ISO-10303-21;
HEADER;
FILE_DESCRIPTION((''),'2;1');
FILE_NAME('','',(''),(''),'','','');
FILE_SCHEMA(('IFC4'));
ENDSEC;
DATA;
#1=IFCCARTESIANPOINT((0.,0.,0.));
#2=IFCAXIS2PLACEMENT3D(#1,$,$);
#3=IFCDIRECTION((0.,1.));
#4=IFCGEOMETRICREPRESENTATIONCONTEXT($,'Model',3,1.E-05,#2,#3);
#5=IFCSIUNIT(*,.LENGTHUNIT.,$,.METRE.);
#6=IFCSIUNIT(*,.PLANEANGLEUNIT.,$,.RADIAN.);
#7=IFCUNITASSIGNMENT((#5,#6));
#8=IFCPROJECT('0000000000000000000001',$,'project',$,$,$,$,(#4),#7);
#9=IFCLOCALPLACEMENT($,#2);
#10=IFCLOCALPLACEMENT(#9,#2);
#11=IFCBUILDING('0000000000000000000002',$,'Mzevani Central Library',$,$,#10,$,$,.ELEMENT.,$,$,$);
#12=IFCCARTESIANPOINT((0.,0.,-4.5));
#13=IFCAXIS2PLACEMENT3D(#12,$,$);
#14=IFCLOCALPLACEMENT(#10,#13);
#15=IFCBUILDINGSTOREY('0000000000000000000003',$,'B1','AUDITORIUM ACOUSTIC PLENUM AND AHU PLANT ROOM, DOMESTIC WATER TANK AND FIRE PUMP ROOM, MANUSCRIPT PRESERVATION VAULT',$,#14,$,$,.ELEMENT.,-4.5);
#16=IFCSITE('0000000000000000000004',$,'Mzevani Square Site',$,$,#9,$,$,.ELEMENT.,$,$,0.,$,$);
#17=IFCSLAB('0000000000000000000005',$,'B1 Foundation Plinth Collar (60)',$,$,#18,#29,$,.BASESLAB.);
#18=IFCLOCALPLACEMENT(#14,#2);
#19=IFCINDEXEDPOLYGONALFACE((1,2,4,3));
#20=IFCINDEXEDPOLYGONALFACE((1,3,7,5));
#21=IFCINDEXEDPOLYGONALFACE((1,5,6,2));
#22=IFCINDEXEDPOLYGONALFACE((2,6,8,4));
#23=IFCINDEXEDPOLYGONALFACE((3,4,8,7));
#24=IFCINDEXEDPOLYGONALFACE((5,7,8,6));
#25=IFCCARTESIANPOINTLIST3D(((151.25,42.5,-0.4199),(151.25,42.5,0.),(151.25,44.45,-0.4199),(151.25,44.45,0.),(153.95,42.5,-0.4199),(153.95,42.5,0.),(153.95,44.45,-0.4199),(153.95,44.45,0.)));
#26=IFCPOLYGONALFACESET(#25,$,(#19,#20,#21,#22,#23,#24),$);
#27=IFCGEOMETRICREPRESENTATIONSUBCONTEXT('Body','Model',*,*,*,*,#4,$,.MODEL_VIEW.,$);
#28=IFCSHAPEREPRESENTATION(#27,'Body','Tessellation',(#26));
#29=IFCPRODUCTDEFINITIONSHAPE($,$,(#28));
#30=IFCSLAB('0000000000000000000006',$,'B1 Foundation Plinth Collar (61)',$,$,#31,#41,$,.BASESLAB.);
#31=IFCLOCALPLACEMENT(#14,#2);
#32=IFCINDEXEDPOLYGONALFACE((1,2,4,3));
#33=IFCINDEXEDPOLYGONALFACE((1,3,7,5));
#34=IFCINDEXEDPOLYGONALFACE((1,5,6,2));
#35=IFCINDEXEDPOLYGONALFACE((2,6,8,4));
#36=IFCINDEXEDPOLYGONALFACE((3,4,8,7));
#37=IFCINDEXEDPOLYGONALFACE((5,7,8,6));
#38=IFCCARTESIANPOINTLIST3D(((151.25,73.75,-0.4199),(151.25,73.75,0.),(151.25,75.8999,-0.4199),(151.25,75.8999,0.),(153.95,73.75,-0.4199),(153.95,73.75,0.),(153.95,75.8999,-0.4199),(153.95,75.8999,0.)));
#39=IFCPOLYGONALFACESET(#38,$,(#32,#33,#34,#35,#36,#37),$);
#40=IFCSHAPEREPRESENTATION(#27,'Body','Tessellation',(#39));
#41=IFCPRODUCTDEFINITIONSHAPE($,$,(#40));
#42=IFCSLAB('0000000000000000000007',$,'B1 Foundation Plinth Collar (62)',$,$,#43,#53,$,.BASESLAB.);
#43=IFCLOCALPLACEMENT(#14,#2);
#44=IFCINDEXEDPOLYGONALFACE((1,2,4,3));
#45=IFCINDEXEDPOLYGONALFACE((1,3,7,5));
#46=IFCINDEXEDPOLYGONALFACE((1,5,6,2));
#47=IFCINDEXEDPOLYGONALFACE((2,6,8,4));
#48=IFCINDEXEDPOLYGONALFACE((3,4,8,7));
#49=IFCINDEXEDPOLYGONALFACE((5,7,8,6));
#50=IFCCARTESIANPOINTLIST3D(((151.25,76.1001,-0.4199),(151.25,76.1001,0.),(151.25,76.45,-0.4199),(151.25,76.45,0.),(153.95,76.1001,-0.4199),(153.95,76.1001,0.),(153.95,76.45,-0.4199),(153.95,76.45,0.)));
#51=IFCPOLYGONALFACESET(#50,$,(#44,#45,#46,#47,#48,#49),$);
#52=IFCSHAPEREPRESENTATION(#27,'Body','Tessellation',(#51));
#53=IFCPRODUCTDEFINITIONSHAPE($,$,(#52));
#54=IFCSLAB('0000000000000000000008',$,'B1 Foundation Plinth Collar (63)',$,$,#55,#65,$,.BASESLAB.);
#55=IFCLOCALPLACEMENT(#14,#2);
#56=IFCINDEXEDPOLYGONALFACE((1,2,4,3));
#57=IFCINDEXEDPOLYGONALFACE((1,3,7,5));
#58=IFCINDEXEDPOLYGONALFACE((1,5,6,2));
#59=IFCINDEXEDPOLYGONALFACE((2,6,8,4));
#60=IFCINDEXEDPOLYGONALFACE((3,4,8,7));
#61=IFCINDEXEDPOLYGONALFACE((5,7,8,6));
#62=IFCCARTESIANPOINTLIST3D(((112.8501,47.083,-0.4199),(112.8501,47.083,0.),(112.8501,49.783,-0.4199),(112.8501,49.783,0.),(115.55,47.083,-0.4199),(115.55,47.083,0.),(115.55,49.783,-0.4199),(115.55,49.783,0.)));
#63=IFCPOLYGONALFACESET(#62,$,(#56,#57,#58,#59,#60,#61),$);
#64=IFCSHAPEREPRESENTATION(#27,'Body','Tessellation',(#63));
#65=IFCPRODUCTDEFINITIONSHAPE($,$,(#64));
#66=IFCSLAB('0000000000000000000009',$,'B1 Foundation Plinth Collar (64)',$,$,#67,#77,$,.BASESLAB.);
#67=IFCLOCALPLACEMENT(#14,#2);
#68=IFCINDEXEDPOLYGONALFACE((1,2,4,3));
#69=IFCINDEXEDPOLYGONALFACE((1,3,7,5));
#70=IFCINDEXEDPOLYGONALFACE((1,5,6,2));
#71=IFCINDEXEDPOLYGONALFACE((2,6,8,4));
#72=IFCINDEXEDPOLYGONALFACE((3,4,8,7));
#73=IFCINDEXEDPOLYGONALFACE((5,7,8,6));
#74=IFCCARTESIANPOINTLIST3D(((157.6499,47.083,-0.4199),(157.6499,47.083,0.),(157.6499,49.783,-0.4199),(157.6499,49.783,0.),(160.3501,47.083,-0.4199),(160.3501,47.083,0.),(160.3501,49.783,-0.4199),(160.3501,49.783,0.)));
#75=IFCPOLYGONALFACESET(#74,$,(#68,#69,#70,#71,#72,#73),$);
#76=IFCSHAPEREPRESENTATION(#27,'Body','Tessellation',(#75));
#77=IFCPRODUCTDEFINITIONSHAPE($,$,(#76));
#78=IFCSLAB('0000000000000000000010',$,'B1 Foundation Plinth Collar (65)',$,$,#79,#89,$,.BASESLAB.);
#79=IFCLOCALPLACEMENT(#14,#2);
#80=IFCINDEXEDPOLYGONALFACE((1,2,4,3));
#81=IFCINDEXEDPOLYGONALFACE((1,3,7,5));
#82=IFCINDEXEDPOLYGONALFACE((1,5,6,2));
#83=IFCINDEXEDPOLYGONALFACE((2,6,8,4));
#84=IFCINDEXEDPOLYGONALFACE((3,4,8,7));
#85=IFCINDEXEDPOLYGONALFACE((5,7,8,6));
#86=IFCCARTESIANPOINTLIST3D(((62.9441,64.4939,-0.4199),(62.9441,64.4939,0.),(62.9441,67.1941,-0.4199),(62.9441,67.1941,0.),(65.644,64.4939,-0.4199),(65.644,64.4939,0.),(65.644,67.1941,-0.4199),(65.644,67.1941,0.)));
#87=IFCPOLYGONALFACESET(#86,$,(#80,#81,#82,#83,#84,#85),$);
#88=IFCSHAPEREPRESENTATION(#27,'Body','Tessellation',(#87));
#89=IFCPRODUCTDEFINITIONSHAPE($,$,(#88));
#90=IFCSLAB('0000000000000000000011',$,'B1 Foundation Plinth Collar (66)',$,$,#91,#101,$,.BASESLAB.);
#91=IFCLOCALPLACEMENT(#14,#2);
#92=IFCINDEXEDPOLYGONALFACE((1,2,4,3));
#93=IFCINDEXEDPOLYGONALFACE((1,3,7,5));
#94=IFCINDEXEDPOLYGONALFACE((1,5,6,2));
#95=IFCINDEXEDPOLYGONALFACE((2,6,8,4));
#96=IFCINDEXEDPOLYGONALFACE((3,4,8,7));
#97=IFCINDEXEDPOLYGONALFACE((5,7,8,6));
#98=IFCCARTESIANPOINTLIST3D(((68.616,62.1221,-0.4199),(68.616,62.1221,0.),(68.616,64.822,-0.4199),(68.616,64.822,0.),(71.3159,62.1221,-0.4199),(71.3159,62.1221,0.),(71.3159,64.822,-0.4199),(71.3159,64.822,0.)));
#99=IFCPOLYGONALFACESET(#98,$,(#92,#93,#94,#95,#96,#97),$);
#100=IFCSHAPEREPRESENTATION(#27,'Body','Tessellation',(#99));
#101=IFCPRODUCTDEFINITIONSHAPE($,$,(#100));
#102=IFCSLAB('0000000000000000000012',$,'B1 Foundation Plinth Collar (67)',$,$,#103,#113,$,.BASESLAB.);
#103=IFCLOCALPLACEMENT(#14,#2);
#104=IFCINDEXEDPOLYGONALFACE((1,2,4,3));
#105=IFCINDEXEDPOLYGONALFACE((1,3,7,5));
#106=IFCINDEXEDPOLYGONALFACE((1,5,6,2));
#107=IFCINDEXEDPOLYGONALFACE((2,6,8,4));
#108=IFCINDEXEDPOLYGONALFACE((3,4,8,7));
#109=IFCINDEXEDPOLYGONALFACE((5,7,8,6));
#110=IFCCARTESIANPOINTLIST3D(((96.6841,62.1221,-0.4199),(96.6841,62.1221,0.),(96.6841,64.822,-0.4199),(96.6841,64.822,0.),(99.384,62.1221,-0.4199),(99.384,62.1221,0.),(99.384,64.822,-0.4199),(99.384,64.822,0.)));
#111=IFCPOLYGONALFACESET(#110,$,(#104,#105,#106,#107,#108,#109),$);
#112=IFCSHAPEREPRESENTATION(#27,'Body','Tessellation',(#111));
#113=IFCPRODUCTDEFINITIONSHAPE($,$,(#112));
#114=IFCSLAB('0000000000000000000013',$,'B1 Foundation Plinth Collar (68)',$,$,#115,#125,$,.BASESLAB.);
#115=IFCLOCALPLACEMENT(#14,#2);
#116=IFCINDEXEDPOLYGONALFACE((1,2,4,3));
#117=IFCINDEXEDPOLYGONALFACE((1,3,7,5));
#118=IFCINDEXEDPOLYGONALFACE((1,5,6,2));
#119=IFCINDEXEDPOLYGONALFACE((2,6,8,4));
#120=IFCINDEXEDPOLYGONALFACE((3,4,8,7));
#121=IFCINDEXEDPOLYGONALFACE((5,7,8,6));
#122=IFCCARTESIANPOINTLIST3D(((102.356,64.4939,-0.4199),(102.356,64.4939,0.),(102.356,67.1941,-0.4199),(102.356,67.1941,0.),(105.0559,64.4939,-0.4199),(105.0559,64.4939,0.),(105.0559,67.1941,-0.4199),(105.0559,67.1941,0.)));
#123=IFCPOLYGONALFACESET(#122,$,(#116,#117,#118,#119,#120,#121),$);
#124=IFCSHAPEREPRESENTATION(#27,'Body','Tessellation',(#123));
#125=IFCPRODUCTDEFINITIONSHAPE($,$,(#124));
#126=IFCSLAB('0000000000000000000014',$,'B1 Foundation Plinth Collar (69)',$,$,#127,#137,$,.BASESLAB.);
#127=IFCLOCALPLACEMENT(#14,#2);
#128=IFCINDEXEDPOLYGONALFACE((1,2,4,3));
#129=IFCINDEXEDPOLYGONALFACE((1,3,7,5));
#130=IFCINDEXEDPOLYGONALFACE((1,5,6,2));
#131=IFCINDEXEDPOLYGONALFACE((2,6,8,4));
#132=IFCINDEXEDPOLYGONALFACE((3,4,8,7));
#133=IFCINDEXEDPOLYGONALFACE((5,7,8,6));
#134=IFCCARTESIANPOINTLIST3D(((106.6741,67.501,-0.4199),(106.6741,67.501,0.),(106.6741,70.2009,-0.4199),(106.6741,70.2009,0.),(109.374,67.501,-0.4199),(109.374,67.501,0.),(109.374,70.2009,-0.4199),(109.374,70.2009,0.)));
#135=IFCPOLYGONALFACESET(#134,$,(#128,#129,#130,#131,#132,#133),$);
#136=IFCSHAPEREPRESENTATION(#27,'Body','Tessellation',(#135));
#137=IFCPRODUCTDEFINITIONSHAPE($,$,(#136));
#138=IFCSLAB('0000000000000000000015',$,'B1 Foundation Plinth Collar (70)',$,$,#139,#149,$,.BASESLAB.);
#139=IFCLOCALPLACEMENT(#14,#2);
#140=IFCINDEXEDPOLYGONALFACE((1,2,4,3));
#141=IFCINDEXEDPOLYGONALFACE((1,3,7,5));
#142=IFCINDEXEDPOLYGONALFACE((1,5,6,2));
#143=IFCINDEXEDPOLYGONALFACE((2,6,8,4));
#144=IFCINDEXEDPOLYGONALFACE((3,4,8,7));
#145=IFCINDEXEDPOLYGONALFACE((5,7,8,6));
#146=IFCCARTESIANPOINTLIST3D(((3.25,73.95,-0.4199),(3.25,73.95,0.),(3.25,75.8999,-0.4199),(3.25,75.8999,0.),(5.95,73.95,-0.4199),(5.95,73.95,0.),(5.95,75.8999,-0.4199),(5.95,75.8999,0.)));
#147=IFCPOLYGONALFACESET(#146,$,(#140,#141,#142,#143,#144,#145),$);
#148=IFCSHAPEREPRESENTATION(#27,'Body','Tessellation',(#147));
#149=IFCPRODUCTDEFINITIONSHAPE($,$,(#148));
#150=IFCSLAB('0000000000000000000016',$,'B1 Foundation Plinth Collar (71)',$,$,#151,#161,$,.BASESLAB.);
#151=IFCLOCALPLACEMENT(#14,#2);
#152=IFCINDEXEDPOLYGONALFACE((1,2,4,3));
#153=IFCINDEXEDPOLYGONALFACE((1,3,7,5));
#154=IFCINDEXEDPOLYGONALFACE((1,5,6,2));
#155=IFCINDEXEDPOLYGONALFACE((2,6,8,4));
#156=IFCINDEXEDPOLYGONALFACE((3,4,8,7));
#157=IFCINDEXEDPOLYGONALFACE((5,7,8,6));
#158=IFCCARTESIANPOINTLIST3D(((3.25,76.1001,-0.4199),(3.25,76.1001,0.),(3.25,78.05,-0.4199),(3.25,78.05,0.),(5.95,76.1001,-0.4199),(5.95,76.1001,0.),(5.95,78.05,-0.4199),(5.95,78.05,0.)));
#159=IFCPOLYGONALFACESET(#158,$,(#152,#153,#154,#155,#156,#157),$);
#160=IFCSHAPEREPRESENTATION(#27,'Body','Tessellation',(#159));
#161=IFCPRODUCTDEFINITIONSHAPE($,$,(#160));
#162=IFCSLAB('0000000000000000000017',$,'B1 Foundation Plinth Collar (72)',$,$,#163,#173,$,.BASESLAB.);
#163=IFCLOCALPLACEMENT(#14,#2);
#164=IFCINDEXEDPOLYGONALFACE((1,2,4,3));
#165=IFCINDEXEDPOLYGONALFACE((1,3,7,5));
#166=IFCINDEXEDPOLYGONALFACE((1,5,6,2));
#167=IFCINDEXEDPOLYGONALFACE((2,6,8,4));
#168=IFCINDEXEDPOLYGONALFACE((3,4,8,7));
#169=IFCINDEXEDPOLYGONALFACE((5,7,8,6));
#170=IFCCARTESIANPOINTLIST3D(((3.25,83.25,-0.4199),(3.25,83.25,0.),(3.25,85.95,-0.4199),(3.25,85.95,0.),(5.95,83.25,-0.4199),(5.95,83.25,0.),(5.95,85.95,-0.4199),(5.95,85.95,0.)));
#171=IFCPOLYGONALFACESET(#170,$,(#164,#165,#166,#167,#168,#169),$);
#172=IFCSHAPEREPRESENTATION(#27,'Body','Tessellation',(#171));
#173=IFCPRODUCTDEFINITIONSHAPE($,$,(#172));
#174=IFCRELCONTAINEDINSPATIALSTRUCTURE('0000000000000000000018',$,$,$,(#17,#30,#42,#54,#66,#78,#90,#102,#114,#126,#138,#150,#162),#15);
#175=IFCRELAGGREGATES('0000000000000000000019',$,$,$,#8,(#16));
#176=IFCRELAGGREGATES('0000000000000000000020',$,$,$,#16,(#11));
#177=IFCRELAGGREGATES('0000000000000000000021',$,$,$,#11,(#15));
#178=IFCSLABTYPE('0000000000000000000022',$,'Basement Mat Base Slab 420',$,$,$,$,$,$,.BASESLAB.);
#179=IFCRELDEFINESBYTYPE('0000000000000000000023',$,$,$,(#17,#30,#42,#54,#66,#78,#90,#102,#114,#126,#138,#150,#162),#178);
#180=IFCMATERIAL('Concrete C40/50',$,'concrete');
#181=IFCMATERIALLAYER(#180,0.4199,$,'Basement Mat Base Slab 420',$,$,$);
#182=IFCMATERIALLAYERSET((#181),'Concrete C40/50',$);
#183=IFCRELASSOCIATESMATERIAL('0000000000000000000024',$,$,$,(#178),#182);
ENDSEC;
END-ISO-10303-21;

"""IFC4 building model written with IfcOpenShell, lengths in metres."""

from ifc_helpers import new_model, si_unit, direction, frame, origin, place, context, subcontext, project, spatial, polyline, outline, extrude, material, layer, layer_set, type_object, element, save


model = new_model("IFC4")

# Units and contexts
model_context = context("Model", 3, precision=1e-05, world=origin(), true_north=direction((0.0, 1.0)))
body_context = subcontext(model_context, "Body", "Model", "MODEL_VIEW")
ifc_project = project(units=[si_unit("LENGTHUNIT", "METRE"), si_unit("PLANEANGLEUNIT", "RADIAN")], contexts=[model_context])

# Site, building, storey
site_placement = place(None, origin())
site = spatial("IfcSite", under=ifc_project, at=site_placement, Name="Mzevani Square Site", CompositionType="ELEMENT", RefElevation=0.0)
building_placement = place(site_placement, origin())
building = spatial("IfcBuilding", under=site, at=building_placement, Name="Mzevani Central Library", CompositionType="ELEMENT")
storey_placement = place(building_placement, frame((0.0, 0.0, -4.5)))
storey = spatial("IfcBuildingStorey", under=building, at=storey_placement, Name="B1", Description="AUDITORIUM ACOUSTIC PLENUM AND AHU PLANT ROOM, DOMESTIC WATER TANK AND FIRE PUMP ROOM, MANUSCRIPT PRESERVATION VAULT", CompositionType="ELEMENT", Elevation=-4.5)

# Slabs
ifc_material = material(Name="Concrete C40/50", Category="concrete")
ifc_layer = layer(ifc_material, 0.4199, Name="Basement Mat Base Slab 420")
ifc_layer_set = layer_set([ifc_layer], Name="Concrete C40/50")
slab_type = type_object("IfcSlabType", Name="Basement Mat Base Slab 420", PredefinedType="BASESLAB", material=ifc_layer_set)
slab_1_placement = place(storey_placement, frame((0.0, 0.0, -0.4199)))
element("IfcSlab", 1, at=slab_1_placement, inside=storey, type_object=slab_type, Name="B1 Foundation Plinth Collar (60)", PredefinedType="BASESLAB", context=body_context, shape_type="SweptSolid", body=[
    extrude(outline(polyline([(151.25, 44.45), (153.95, 44.45), (153.95, 42.5), (151.25, 42.5), (151.25, 44.45)])), origin(), (0.0, 0.0, 1.0), 0.4199),
])
slab_2_placement = place(storey_placement, frame((0.0, 0.0, -0.4199)))
element("IfcSlab", 2, at=slab_2_placement, inside=storey, type_object=slab_type, Name="B1 Foundation Plinth Collar (61)", PredefinedType="BASESLAB", context=body_context, shape_type="SweptSolid", body=[
    extrude(outline(polyline([(151.25, 75.8999), (153.95, 75.8999), (153.95, 73.75), (151.25, 73.75), (151.25, 75.8999)])), origin(), (0.0, 0.0, 1.0), 0.4199),
])
slab_3_placement = place(storey_placement, frame((0.0, 0.0, -0.4199)))
element("IfcSlab", 3, at=slab_3_placement, inside=storey, type_object=slab_type, Name="B1 Foundation Plinth Collar (62)", PredefinedType="BASESLAB", context=body_context, shape_type="SweptSolid", body=[
    extrude(outline(polyline([(151.25, 76.45), (153.95, 76.45), (153.95, 76.1001), (151.25, 76.1001), (151.25, 76.45)])), origin(), (0.0, 0.0, 1.0), 0.4199),
])
slab_4_placement = place(storey_placement, frame((0.0, 0.0, -0.4199)))
element("IfcSlab", 4, at=slab_4_placement, inside=storey, type_object=slab_type, Name="B1 Foundation Plinth Collar (63)", PredefinedType="BASESLAB", context=body_context, shape_type="SweptSolid", body=[
    extrude(outline(polyline([(112.8501, 49.783), (115.55, 49.783), (115.55, 47.083), (112.8501, 47.083), (112.8501, 49.783)])), origin(), (0.0, 0.0, 1.0), 0.4199),
])
slab_5_placement = place(storey_placement, frame((0.0, 0.0, -0.4199)))
element("IfcSlab", 5, at=slab_5_placement, inside=storey, type_object=slab_type, Name="B1 Foundation Plinth Collar (64)", PredefinedType="BASESLAB", context=body_context, shape_type="SweptSolid", body=[
    extrude(outline(polyline([(157.6499, 49.783), (160.3501, 49.783), (160.3501, 47.083), (157.6499, 47.083), (157.6499, 49.783)])), origin(), (0.0, 0.0, 1.0), 0.4199),
])
slab_6_placement = place(storey_placement, frame((0.0, 0.0, -0.4199)))
element("IfcSlab", 6, at=slab_6_placement, inside=storey, type_object=slab_type, Name="B1 Foundation Plinth Collar (65)", PredefinedType="BASESLAB", context=body_context, shape_type="SweptSolid", body=[
    extrude(outline(polyline([(62.9441, 67.1941), (65.644, 67.1941), (65.644, 64.4939), (62.9441, 64.4939), (62.9441, 67.1941)])), origin(), (0.0, 0.0, 1.0), 0.4199),
])
slab_7_placement = place(storey_placement, frame((0.0, 0.0, -0.4199)))
element("IfcSlab", 7, at=slab_7_placement, inside=storey, type_object=slab_type, Name="B1 Foundation Plinth Collar (66)", PredefinedType="BASESLAB", context=body_context, shape_type="SweptSolid", body=[
    extrude(outline(polyline([(68.616, 64.822), (71.3159, 64.822), (71.3159, 62.1221), (68.616, 62.1221), (68.616, 64.822)])), origin(), (0.0, 0.0, 1.0), 0.4199),
])
slab_8_placement = place(storey_placement, frame((0.0, 0.0, -0.4199)))
element("IfcSlab", 8, at=slab_8_placement, inside=storey, type_object=slab_type, Name="B1 Foundation Plinth Collar (67)", PredefinedType="BASESLAB", context=body_context, shape_type="SweptSolid", body=[
    extrude(outline(polyline([(96.6841, 64.822), (99.384, 64.822), (99.384, 62.1221), (96.6841, 62.1221), (96.6841, 64.822)])), origin(), (0.0, 0.0, 1.0), 0.4199),
])
slab_9_placement = place(storey_placement, frame((0.0, 0.0, -0.4199)))
element("IfcSlab", 9, at=slab_9_placement, inside=storey, type_object=slab_type, Name="B1 Foundation Plinth Collar (68)", PredefinedType="BASESLAB", context=body_context, shape_type="SweptSolid", body=[
    extrude(outline(polyline([(102.356, 67.1941), (105.0559, 67.1941), (105.0559, 64.4939), (102.356, 64.4939), (102.356, 67.1941)])), origin(), (0.0, 0.0, 1.0), 0.4199),
])
slab_10_placement = place(storey_placement, frame((0.0, 0.0, -0.4199)))
element("IfcSlab", 10, at=slab_10_placement, inside=storey, type_object=slab_type, Name="B1 Foundation Plinth Collar (69)", PredefinedType="BASESLAB", context=body_context, shape_type="SweptSolid", body=[
    extrude(outline(polyline([(106.6741, 70.2009), (109.374, 70.2009), (109.374, 67.501), (106.6741, 67.501), (106.6741, 70.2009)])), origin(), (0.0, 0.0, 1.0), 0.4199),
])
slab_11_placement = place(storey_placement, frame((0.0, 0.0, -0.4199)))
element("IfcSlab", 11, at=slab_11_placement, inside=storey, type_object=slab_type, Name="B1 Foundation Plinth Collar (70)", PredefinedType="BASESLAB", context=body_context, shape_type="SweptSolid", body=[
    extrude(outline(polyline([(3.25, 75.8999), (5.95, 75.8999), (5.95, 73.95), (3.25, 73.95), (3.25, 75.8999)])), origin(), (0.0, 0.0, 1.0), 0.4199),
])
slab_12_placement = place(storey_placement, frame((0.0, 0.0, -0.4199)))
element("IfcSlab", 12, at=slab_12_placement, inside=storey, type_object=slab_type, Name="B1 Foundation Plinth Collar (71)", PredefinedType="BASESLAB", context=body_context, shape_type="SweptSolid", body=[
    extrude(outline(polyline([(3.25, 78.05), (5.95, 78.05), (5.95, 76.1001), (3.25, 76.1001), (3.25, 78.05)])), origin(), (0.0, 0.0, 1.0), 0.4199),
])
slab_13_placement = place(storey_placement, frame((0.0, 0.0, -0.4199)))
element("IfcSlab", 13, at=slab_13_placement, inside=storey, type_object=slab_type, Name="B1 Foundation Plinth Collar (72)", PredefinedType="BASESLAB", context=body_context, shape_type="SweptSolid", body=[
    extrude(outline(polyline([(3.25, 85.95), (5.95, 85.95), (5.95, 83.25), (3.25, 83.25), (3.25, 85.95)])), origin(), (0.0, 0.0, 1.0), 0.4199),
])

save(model, "model.ifc")
